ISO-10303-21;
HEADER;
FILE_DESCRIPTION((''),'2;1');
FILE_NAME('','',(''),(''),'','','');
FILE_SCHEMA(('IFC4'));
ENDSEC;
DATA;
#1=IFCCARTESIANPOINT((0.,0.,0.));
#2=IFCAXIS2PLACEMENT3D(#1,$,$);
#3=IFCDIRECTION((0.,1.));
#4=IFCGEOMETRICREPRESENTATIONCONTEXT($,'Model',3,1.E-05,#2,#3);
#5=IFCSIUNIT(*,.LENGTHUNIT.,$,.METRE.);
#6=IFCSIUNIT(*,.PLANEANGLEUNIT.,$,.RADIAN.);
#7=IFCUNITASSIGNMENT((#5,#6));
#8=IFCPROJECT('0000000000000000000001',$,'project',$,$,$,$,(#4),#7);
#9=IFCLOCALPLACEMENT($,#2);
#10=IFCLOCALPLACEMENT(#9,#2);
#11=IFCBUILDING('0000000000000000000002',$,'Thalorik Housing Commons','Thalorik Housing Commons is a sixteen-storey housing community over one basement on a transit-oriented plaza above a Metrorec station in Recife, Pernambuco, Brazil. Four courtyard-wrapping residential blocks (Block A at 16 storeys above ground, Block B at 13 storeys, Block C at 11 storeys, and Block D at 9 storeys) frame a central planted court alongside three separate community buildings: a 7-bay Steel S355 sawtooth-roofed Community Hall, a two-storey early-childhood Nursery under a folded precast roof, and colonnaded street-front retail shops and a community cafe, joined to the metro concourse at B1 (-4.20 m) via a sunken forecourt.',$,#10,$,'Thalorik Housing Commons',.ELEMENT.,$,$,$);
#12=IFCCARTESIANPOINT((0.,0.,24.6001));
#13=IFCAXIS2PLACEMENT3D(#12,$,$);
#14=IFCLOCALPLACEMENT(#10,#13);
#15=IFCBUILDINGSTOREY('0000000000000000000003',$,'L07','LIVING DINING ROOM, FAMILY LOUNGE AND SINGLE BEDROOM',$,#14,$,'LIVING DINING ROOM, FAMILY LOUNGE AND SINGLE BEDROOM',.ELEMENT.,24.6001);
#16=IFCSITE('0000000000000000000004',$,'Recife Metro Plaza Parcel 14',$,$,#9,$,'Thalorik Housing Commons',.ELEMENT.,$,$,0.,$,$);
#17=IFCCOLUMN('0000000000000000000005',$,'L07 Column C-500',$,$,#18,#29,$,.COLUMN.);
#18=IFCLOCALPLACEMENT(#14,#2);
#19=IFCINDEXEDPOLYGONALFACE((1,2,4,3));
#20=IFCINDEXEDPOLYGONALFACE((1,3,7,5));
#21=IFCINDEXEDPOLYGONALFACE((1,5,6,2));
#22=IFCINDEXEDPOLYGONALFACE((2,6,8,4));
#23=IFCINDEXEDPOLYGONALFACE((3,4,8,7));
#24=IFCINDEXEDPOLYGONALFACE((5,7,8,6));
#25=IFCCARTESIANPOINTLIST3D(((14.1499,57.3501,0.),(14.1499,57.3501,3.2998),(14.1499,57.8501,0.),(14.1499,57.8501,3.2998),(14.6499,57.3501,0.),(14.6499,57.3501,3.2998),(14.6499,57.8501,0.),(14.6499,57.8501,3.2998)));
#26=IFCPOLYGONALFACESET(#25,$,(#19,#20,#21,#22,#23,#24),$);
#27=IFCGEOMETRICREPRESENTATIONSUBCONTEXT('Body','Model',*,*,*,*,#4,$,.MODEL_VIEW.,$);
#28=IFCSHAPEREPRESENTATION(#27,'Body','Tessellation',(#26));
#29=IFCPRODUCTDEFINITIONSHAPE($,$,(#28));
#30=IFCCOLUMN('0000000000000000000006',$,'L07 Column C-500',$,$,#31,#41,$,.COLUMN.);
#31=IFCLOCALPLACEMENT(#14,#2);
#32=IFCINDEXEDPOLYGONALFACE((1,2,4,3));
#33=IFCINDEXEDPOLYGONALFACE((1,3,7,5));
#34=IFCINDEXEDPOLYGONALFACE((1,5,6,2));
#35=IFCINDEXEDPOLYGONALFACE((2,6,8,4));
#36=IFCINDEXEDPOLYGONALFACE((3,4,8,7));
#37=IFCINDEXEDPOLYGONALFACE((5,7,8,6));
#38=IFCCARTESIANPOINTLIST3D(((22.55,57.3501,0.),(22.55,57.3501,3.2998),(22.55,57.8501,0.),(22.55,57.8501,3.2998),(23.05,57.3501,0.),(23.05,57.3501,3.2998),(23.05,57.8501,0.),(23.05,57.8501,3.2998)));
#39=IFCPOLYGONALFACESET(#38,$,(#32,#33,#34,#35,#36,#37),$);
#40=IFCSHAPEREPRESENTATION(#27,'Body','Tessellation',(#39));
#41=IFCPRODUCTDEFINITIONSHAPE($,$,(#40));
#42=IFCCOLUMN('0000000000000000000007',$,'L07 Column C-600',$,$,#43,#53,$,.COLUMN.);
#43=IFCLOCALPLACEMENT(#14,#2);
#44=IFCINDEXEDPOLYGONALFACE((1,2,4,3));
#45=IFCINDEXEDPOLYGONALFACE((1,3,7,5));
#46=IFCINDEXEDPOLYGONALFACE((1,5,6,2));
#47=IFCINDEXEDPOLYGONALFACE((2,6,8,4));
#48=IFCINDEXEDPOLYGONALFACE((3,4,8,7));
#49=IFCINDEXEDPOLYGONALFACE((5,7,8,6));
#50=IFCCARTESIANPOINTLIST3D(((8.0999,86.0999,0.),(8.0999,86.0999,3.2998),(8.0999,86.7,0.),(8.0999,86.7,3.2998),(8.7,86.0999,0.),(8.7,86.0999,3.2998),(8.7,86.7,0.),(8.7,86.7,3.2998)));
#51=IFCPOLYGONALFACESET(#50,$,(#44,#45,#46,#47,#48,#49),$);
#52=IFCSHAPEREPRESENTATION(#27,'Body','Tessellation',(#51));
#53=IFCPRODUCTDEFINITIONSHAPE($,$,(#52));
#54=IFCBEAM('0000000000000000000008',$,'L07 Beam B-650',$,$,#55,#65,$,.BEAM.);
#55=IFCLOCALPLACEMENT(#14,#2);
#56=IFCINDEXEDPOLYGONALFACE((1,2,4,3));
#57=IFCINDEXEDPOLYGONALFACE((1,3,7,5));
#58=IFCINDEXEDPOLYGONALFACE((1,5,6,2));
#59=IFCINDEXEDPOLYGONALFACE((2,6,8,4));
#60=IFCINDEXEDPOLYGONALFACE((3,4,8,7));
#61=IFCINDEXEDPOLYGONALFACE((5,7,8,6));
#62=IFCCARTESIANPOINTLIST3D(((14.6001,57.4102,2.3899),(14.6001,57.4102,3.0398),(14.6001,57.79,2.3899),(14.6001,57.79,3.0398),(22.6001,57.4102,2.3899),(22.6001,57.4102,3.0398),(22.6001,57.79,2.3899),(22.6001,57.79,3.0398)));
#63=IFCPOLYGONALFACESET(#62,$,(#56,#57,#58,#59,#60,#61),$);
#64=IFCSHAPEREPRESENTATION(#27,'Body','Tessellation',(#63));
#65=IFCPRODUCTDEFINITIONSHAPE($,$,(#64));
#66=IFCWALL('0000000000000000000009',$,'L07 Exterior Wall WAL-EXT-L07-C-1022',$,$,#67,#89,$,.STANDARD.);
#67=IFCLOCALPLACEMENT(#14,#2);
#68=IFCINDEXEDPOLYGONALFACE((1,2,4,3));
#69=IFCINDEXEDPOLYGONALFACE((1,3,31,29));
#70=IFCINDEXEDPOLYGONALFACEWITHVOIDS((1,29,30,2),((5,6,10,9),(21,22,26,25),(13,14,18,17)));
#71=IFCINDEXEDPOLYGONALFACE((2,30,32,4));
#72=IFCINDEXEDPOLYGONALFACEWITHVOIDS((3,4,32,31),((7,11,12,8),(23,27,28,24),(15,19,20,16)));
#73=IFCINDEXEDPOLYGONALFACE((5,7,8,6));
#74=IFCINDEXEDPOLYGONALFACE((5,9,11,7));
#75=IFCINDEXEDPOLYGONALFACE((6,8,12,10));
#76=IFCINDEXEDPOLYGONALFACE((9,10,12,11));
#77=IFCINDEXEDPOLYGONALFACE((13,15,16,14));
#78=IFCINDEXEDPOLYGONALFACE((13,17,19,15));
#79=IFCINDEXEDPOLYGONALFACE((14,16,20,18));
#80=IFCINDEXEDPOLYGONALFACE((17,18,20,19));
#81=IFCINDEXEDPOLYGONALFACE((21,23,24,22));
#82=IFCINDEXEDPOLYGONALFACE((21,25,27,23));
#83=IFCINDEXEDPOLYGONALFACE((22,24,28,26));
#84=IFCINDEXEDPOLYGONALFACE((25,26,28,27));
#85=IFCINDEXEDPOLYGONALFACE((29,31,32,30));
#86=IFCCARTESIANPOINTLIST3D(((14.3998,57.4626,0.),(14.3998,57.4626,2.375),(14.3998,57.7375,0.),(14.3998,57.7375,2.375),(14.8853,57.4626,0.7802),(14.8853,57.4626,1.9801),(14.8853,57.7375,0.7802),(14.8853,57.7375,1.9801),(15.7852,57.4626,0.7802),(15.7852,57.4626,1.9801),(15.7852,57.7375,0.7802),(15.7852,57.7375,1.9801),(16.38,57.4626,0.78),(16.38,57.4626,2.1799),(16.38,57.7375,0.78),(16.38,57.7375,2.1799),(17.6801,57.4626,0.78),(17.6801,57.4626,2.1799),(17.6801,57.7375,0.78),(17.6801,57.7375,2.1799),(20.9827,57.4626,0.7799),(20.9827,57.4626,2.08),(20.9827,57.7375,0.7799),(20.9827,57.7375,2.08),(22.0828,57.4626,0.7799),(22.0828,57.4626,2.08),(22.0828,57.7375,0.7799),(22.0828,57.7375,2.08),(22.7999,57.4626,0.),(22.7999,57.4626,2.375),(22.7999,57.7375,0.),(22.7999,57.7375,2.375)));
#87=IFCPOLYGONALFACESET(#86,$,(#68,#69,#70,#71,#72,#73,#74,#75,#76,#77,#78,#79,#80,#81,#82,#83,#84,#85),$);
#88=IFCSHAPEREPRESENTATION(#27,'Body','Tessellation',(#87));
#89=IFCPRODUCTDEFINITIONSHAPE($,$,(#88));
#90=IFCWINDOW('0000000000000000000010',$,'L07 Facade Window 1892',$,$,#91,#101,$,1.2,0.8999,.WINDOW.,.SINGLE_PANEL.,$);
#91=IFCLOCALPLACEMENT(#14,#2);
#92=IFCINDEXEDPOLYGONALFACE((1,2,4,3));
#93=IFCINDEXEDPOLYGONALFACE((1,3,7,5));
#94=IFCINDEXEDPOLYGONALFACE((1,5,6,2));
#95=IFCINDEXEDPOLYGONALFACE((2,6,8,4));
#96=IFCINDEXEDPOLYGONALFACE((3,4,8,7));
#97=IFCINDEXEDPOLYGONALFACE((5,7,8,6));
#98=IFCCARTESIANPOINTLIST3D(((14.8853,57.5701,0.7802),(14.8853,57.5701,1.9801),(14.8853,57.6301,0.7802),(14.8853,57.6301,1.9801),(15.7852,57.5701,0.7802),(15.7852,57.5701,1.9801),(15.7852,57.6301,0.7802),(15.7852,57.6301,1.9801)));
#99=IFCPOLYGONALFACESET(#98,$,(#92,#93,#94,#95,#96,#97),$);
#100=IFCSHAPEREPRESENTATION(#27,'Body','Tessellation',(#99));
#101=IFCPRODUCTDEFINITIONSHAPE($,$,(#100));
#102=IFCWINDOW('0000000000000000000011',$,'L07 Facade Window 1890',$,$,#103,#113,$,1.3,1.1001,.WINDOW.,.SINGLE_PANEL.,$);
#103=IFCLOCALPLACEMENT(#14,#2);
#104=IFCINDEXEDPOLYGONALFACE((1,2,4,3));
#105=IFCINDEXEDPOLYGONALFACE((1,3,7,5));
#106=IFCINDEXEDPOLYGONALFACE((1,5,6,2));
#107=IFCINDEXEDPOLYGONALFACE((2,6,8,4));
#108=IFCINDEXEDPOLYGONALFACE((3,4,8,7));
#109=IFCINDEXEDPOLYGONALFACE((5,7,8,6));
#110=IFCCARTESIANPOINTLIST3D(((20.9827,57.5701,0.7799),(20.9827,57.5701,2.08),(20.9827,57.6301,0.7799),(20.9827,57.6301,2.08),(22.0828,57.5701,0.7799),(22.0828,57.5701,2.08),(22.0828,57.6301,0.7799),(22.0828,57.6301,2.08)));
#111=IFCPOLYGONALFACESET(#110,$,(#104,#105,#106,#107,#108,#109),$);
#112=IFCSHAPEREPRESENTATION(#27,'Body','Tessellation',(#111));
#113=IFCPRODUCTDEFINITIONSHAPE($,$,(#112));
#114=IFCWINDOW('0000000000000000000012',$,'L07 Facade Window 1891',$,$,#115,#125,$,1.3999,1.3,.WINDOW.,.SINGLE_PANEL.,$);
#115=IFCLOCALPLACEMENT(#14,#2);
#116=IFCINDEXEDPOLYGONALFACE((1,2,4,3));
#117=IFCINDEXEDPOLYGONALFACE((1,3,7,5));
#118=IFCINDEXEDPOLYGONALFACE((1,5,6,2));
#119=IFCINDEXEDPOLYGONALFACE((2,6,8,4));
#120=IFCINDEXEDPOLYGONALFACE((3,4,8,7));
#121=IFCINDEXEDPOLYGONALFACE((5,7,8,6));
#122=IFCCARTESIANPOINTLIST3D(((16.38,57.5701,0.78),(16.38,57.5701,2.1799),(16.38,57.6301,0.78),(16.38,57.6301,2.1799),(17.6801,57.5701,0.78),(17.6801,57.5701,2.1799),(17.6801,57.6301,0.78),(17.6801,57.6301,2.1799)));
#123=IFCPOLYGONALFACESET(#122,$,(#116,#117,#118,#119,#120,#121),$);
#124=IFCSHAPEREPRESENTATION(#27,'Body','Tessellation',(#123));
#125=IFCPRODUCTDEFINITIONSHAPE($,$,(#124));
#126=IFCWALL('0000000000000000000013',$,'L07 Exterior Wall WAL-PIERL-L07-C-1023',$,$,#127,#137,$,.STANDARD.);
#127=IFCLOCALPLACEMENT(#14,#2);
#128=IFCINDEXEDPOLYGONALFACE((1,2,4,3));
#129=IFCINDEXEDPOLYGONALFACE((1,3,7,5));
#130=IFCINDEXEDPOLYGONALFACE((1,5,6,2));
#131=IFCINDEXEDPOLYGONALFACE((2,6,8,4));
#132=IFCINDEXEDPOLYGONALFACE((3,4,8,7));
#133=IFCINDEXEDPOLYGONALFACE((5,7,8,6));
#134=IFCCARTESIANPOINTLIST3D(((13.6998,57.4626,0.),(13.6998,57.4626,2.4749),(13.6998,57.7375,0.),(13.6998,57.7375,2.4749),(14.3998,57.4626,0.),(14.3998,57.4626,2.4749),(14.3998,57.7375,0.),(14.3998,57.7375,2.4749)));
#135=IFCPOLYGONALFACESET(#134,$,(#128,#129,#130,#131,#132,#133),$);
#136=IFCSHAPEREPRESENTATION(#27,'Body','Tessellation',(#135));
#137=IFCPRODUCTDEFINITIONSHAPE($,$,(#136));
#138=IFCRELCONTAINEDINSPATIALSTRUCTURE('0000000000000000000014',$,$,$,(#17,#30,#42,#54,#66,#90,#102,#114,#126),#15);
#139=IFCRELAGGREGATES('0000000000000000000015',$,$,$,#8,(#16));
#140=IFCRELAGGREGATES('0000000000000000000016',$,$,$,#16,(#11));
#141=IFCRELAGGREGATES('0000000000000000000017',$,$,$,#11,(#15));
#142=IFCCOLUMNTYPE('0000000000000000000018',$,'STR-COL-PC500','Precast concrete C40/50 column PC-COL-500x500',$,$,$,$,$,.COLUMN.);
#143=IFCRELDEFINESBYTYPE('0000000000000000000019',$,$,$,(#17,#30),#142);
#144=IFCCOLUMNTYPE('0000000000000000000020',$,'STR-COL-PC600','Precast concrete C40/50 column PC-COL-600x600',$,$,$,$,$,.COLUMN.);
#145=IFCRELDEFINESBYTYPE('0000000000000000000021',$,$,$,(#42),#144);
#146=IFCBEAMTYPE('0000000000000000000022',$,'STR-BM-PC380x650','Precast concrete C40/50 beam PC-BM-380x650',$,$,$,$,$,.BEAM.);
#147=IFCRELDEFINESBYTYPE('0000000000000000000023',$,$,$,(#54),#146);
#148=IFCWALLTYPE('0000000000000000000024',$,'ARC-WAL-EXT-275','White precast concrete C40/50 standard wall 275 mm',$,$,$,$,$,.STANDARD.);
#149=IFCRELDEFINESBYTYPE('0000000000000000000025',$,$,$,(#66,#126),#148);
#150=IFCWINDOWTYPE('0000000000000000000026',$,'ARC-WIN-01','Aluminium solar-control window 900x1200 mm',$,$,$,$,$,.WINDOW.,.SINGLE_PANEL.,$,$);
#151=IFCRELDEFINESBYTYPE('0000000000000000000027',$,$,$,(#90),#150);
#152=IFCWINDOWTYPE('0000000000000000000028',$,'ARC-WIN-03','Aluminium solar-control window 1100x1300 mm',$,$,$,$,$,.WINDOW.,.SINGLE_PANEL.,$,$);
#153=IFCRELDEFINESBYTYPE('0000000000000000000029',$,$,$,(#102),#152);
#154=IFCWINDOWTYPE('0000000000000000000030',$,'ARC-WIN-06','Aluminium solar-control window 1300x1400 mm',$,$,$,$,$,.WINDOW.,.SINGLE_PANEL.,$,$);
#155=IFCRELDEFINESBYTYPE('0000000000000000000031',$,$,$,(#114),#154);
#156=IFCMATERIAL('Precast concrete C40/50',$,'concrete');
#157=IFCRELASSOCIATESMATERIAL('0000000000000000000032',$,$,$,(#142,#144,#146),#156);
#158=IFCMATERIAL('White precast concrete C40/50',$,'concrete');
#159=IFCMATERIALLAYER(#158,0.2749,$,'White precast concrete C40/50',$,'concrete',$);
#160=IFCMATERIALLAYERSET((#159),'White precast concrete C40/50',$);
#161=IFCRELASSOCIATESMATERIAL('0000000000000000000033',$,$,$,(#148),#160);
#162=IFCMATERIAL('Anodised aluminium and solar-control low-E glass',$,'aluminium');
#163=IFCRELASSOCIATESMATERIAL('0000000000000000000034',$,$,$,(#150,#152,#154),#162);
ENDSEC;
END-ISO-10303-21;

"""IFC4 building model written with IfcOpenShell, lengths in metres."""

from ifc_helpers import new_model, si_unit, direction, frame, frame_2d, origin, origin_2d, place, context, subcontext, project, spatial, rectangle, extrude, material, layer, layer_set, material_profile, profile_set, type_object, element, fill, save


model = new_model("IFC4")

# Units and contexts
model_context = context("Model", 3, precision=1e-05, world=origin(), true_north=direction((0.0, 1.0)))
body_context = subcontext(model_context, "Body", "Model", "MODEL_VIEW")
ifc_project = project(units=[si_unit("LENGTHUNIT", "METRE"), si_unit("PLANEANGLEUNIT", "RADIAN")], contexts=[model_context])

# Site, building, storey
site_placement = place(None, origin())
site = spatial("IfcSite", under=ifc_project, at=site_placement, Name="Recife Metro Plaza Parcel 14", LongName="Thalorik Housing Commons", CompositionType="ELEMENT", RefElevation=0.0)
building_placement = place(site_placement, origin())
building = spatial("IfcBuilding", under=site, at=building_placement, Name="Thalorik Housing Commons", Description="Thalorik Housing Commons is a sixteen-storey housing community over one basement on a transit-oriented plaza above a Metrorec station in Recife, Pernambuco, Brazil. Four courtyard-wrapping residential blocks (Block A at 16 storeys above ground, Block B at 13 storeys, Block C at 11 storeys, and Block D at 9 storeys) frame a central planted court alongside three separate community buildings: a 7-bay Steel S355 sawtooth-roofed Community Hall, a two-storey early-childhood Nursery under a folded precast roof, and colonnaded street-front retail shops and a community cafe, joined to the metro concourse at B1 (-4.20 m) via a sunken forecourt.", LongName="Thalorik Housing Commons", CompositionType="ELEMENT")
storey_placement = place(building_placement, frame((0.0, 0.0, 24.6001)))
storey = spatial("IfcBuildingStorey", under=building, at=storey_placement, Name="L07", Description="LIVING DINING ROOM, FAMILY LOUNGE AND SINGLE BEDROOM", LongName="LIVING DINING ROOM, FAMILY LOUNGE AND SINGLE BEDROOM", CompositionType="ELEMENT", Elevation=24.6001)

# Columns
ifc_material_1 = material(Name="Precast concrete C40/50", Category="concrete")
ifc_material_profile_1 = material_profile(ifc_material_1, rectangle(XDim=0.5, YDim=0.5, at=origin_2d()), Name="PC 500x500", Category="concrete")
ifc_profile_set_1 = profile_set([ifc_material_profile_1], Name="Precast concrete C40/50")
column_type_1 = type_object("IfcColumnType", Name="STR-COL-PC500", Description="Precast concrete C40/50 column PC-COL-500x500", PredefinedType="COLUMN", material=ifc_profile_set_1)
for number, where, z_axis, x_axis, name in (
    (1, (14.3999, 57.6001, 0.0), (0.0, 0.0, 1.0), (1.0, 0.0, 0.0), "L07 Column C-500"),
    (2, (22.8, 57.6001, 0.0), (0.0, 0.0, 1.0), (1.0, 0.0, 0.0), "L07 Column C-500"),
):
    element("IfcColumn", number, at=place(storey_placement, frame(where, z_axis=z_axis, x_axis=x_axis)), inside=storey, type_object=column_type_1, Name=name, PredefinedType="COLUMN", context=body_context, shape_type="SweptSolid", body=[
        extrude(rectangle(XDim=0.5, YDim=0.5, at=origin_2d()), origin(), (0.0, 0.0, 1.0), 3.2998),
    ])
ifc_material_profile_2 = material_profile(ifc_material_1, rectangle(XDim=0.6001, YDim=0.6001, at=origin_2d()), Name="PC 600x600", Category="concrete")
ifc_profile_set_2 = profile_set([ifc_material_profile_2], Name="Precast concrete C40/50")
column_type_2 = type_object("IfcColumnType", Name="STR-COL-PC600", Description="Precast concrete C40/50 column PC-COL-600x600", PredefinedType="COLUMN", material=ifc_profile_set_2)
column_placement = place(storey_placement, frame((8.3999, 86.3999, 0.0), z_axis=(0.0, 0.0, 1.0), x_axis=(1.0, 0.0, 0.0)))
element("IfcColumn", 3, at=column_placement, inside=storey, type_object=column_type_2, Name="L07 Column C-600", PredefinedType="COLUMN", context=body_context, shape_type="SweptSolid", body=[
    extrude(rectangle(XDim=0.6001, YDim=0.6001, at=origin_2d()), origin(), (0.0, 0.0, 1.0), 3.2998),
])

# Beam
ifc_material_profile_3 = material_profile(ifc_material_1, rectangle(XDim=0.3799, YDim=0.6499, at=origin_2d()), Name="PC 380x650", Category="concrete")
ifc_profile_set_3 = profile_set([ifc_material_profile_3], Name="Precast concrete C40/50")
beam_type = type_object("IfcBeamType", Name="STR-BM-PC380x650", Description="Precast concrete C40/50 beam PC-BM-380x650", PredefinedType="BEAM", material=ifc_profile_set_3)
beam_placement = place(storey_placement, frame((14.6001, 57.6001, 2.7148), z_axis=(1.0, 0.0, 0.0), x_axis=(0.0, 1.0, 0.0)))
element("IfcBeam", 4, at=beam_placement, inside=storey, type_object=beam_type, Name="L07 Beam B-650", PredefinedType="BEAM", context=body_context, shape_type="SweptSolid", body=[
    extrude(rectangle(XDim=0.3799, YDim=0.6499, at=origin_2d()), origin(), (0.0, 0.0, 1.0), 8.0),
])

# Wall, openings, windows
ifc_material_2 = material(Name="White precast concrete C40/50", Category="concrete")
ifc_layer_1 = layer(ifc_material_2, 0.2749, Name="White precast concrete C40/50", Category="concrete")
ifc_layer_set_1 = layer_set([ifc_layer_1], Name="White precast concrete C40/50")
wall_type_1 = type_object("IfcWallType", Name="ARC-WAL-EXT-275", Description="White precast concrete C40/50 standard wall 275 mm", PredefinedType="STANDARD", material=ifc_layer_set_1)
wall_1_placement = place(storey_placement, frame((22.8, 57.6001, 0.0), z_axis=(0.0, 0.0, 1.0), x_axis=(-1.0, 0.0, 0.0)))
wall_1 = element("IfcWall", 5, at=wall_1_placement, inside=storey, type_object=wall_type_1, Name="L07 Exterior Wall WAL-EXT-L07-C-1022", PredefinedType="STANDARD", context=body_context, shape_type="SweptSolid", body=[
    extrude(rectangle(XDim=8.4001, YDim=0.2749, at=frame_2d((4.2002, 0.0))), origin(), (0.0, 0.0, 1.0), 2.375),
])
opening_1_placement = place(wall_1_placement, frame((0.7173, 0.0, 0.78)))
opening_1 = element("IfcOpeningElement", 6, at=opening_1_placement, cuts=wall_1, PredefinedType="OPENING", context=body_context, shape_type="SweptSolid", body=[
    extrude(rectangle(XDim=1.1001, YDim=1.3, at=frame_2d((0.55, 0.6499))), frame((0.0, 0.1475, 0.0), z_axis=(0.0, -1.0, 0.0), x_axis=(1.0, 0.0, 0.0)), (0.0, 0.0, 1.0), 0.2949),
])
opening_2_placement = place(wall_1_placement, frame((5.1201, 0.0, 0.78)))
opening_2 = element("IfcOpeningElement", 7, at=opening_2_placement, cuts=wall_1, PredefinedType="OPENING", context=body_context, shape_type="SweptSolid", body=[
    extrude(rectangle(XDim=1.3, YDim=1.3999, at=frame_2d((0.6499, 0.7))), frame((0.0, 0.1475, 0.0), z_axis=(0.0, -1.0, 0.0), x_axis=(1.0, 0.0, 0.0)), (0.0, 0.0, 1.0), 0.2949),
])
opening_3_placement = place(wall_1_placement, frame((7.0149, 0.0, 0.78)))
opening_3 = element("IfcOpeningElement", 8, at=opening_3_placement, cuts=wall_1, PredefinedType="OPENING", context=body_context, shape_type="SweptSolid", body=[
    extrude(rectangle(XDim=0.8999, YDim=1.2, at=frame_2d((0.45, 0.6001))), frame((0.0, 0.1475, 0.0), z_axis=(0.0, -1.0, 0.0), x_axis=(1.0, 0.0, 0.0)), (0.0, 0.0, 1.0), 0.2949),
])
ifc_material_3 = material(Name="Anodised aluminium and solar-control low-E glass", Category="aluminium")
window_type_1 = type_object("IfcWindowType", Name="ARC-WIN-01", Description="Aluminium solar-control window 900x1200 mm", PartitioningType="SINGLE_PANEL", PredefinedType="WINDOW", material=ifc_material_3)
window_1_placement = place(opening_3_placement, origin())
window_1 = element("IfcWindow", 9, at=window_1_placement, inside=storey, type_object=window_type_1, Name="L07 Facade Window 1892", OverallHeight=1.2, OverallWidth=0.8999, PartitioningType="SINGLE_PANEL", PredefinedType="WINDOW", context=body_context, shape_type="SweptSolid", body=[
    extrude(rectangle(XDim=0.8999, YDim=1.2, at=frame_2d((0.45, 0.6001))), frame((0.0, 0.03, 0.0), z_axis=(0.0, -1.0, 0.0), x_axis=(1.0, 0.0, 0.0)), (0.0, 0.0, 1.0), 0.0601),
])
fill(opening_3, window_1)
window_type_2 = type_object("IfcWindowType", Name="ARC-WIN-03", Description="Aluminium solar-control window 1100x1300 mm", PartitioningType="SINGLE_PANEL", PredefinedType="WINDOW", material=ifc_material_3)
window_2_placement = place(opening_1_placement, origin())
window_2 = element("IfcWindow", 10, at=window_2_placement, inside=storey, type_object=window_type_2, Name="L07 Facade Window 1890", OverallHeight=1.3, OverallWidth=1.1001, PartitioningType="SINGLE_PANEL", PredefinedType="WINDOW", context=body_context, shape_type="SweptSolid", body=[
    extrude(rectangle(XDim=1.1001, YDim=1.3, at=frame_2d((0.55, 0.6499))), frame((0.0, 0.03, 0.0), z_axis=(0.0, -1.0, 0.0), x_axis=(1.0, 0.0, 0.0)), (0.0, 0.0, 1.0), 0.0601),
])
fill(opening_1, window_2)
window_type_3 = type_object("IfcWindowType", Name="ARC-WIN-06", Description="Aluminium solar-control window 1300x1400 mm", PartitioningType="SINGLE_PANEL", PredefinedType="WINDOW", material=ifc_material_3)
window_3_placement = place(opening_2_placement, origin())
window_3 = element("IfcWindow", 11, at=window_3_placement, inside=storey, type_object=window_type_3, Name="L07 Facade Window 1891", OverallHeight=1.3999, OverallWidth=1.3, PartitioningType="SINGLE_PANEL", PredefinedType="WINDOW", context=body_context, shape_type="SweptSolid", body=[
    extrude(rectangle(XDim=1.3, YDim=1.3999, at=frame_2d((0.6499, 0.7))), frame((0.0, 0.03, 0.0), z_axis=(0.0, -1.0, 0.0), x_axis=(1.0, 0.0, 0.0)), (0.0, 0.0, 1.0), 0.0601),
])
fill(opening_2, window_3)

# Wall
wall_2_placement = place(storey_placement, frame((14.3999, 57.6001, 0.0), z_axis=(0.0, 0.0, 1.0), x_axis=(-1.0, 0.0, 0.0)))
element("IfcWall", 12, at=wall_2_placement, inside=storey, type_object=wall_type_1, Name="L07 Exterior Wall WAL-PIERL-L07-C-1023", PredefinedType="STANDARD", context=body_context, shape_type="SweptSolid", body=[
    extrude(rectangle(XDim=0.7, YDim=0.2749, at=frame_2d((0.3501, 0.0))), origin(), (0.0, 0.0, 1.0), 2.4749),
])

save(model, "model.ifc")
